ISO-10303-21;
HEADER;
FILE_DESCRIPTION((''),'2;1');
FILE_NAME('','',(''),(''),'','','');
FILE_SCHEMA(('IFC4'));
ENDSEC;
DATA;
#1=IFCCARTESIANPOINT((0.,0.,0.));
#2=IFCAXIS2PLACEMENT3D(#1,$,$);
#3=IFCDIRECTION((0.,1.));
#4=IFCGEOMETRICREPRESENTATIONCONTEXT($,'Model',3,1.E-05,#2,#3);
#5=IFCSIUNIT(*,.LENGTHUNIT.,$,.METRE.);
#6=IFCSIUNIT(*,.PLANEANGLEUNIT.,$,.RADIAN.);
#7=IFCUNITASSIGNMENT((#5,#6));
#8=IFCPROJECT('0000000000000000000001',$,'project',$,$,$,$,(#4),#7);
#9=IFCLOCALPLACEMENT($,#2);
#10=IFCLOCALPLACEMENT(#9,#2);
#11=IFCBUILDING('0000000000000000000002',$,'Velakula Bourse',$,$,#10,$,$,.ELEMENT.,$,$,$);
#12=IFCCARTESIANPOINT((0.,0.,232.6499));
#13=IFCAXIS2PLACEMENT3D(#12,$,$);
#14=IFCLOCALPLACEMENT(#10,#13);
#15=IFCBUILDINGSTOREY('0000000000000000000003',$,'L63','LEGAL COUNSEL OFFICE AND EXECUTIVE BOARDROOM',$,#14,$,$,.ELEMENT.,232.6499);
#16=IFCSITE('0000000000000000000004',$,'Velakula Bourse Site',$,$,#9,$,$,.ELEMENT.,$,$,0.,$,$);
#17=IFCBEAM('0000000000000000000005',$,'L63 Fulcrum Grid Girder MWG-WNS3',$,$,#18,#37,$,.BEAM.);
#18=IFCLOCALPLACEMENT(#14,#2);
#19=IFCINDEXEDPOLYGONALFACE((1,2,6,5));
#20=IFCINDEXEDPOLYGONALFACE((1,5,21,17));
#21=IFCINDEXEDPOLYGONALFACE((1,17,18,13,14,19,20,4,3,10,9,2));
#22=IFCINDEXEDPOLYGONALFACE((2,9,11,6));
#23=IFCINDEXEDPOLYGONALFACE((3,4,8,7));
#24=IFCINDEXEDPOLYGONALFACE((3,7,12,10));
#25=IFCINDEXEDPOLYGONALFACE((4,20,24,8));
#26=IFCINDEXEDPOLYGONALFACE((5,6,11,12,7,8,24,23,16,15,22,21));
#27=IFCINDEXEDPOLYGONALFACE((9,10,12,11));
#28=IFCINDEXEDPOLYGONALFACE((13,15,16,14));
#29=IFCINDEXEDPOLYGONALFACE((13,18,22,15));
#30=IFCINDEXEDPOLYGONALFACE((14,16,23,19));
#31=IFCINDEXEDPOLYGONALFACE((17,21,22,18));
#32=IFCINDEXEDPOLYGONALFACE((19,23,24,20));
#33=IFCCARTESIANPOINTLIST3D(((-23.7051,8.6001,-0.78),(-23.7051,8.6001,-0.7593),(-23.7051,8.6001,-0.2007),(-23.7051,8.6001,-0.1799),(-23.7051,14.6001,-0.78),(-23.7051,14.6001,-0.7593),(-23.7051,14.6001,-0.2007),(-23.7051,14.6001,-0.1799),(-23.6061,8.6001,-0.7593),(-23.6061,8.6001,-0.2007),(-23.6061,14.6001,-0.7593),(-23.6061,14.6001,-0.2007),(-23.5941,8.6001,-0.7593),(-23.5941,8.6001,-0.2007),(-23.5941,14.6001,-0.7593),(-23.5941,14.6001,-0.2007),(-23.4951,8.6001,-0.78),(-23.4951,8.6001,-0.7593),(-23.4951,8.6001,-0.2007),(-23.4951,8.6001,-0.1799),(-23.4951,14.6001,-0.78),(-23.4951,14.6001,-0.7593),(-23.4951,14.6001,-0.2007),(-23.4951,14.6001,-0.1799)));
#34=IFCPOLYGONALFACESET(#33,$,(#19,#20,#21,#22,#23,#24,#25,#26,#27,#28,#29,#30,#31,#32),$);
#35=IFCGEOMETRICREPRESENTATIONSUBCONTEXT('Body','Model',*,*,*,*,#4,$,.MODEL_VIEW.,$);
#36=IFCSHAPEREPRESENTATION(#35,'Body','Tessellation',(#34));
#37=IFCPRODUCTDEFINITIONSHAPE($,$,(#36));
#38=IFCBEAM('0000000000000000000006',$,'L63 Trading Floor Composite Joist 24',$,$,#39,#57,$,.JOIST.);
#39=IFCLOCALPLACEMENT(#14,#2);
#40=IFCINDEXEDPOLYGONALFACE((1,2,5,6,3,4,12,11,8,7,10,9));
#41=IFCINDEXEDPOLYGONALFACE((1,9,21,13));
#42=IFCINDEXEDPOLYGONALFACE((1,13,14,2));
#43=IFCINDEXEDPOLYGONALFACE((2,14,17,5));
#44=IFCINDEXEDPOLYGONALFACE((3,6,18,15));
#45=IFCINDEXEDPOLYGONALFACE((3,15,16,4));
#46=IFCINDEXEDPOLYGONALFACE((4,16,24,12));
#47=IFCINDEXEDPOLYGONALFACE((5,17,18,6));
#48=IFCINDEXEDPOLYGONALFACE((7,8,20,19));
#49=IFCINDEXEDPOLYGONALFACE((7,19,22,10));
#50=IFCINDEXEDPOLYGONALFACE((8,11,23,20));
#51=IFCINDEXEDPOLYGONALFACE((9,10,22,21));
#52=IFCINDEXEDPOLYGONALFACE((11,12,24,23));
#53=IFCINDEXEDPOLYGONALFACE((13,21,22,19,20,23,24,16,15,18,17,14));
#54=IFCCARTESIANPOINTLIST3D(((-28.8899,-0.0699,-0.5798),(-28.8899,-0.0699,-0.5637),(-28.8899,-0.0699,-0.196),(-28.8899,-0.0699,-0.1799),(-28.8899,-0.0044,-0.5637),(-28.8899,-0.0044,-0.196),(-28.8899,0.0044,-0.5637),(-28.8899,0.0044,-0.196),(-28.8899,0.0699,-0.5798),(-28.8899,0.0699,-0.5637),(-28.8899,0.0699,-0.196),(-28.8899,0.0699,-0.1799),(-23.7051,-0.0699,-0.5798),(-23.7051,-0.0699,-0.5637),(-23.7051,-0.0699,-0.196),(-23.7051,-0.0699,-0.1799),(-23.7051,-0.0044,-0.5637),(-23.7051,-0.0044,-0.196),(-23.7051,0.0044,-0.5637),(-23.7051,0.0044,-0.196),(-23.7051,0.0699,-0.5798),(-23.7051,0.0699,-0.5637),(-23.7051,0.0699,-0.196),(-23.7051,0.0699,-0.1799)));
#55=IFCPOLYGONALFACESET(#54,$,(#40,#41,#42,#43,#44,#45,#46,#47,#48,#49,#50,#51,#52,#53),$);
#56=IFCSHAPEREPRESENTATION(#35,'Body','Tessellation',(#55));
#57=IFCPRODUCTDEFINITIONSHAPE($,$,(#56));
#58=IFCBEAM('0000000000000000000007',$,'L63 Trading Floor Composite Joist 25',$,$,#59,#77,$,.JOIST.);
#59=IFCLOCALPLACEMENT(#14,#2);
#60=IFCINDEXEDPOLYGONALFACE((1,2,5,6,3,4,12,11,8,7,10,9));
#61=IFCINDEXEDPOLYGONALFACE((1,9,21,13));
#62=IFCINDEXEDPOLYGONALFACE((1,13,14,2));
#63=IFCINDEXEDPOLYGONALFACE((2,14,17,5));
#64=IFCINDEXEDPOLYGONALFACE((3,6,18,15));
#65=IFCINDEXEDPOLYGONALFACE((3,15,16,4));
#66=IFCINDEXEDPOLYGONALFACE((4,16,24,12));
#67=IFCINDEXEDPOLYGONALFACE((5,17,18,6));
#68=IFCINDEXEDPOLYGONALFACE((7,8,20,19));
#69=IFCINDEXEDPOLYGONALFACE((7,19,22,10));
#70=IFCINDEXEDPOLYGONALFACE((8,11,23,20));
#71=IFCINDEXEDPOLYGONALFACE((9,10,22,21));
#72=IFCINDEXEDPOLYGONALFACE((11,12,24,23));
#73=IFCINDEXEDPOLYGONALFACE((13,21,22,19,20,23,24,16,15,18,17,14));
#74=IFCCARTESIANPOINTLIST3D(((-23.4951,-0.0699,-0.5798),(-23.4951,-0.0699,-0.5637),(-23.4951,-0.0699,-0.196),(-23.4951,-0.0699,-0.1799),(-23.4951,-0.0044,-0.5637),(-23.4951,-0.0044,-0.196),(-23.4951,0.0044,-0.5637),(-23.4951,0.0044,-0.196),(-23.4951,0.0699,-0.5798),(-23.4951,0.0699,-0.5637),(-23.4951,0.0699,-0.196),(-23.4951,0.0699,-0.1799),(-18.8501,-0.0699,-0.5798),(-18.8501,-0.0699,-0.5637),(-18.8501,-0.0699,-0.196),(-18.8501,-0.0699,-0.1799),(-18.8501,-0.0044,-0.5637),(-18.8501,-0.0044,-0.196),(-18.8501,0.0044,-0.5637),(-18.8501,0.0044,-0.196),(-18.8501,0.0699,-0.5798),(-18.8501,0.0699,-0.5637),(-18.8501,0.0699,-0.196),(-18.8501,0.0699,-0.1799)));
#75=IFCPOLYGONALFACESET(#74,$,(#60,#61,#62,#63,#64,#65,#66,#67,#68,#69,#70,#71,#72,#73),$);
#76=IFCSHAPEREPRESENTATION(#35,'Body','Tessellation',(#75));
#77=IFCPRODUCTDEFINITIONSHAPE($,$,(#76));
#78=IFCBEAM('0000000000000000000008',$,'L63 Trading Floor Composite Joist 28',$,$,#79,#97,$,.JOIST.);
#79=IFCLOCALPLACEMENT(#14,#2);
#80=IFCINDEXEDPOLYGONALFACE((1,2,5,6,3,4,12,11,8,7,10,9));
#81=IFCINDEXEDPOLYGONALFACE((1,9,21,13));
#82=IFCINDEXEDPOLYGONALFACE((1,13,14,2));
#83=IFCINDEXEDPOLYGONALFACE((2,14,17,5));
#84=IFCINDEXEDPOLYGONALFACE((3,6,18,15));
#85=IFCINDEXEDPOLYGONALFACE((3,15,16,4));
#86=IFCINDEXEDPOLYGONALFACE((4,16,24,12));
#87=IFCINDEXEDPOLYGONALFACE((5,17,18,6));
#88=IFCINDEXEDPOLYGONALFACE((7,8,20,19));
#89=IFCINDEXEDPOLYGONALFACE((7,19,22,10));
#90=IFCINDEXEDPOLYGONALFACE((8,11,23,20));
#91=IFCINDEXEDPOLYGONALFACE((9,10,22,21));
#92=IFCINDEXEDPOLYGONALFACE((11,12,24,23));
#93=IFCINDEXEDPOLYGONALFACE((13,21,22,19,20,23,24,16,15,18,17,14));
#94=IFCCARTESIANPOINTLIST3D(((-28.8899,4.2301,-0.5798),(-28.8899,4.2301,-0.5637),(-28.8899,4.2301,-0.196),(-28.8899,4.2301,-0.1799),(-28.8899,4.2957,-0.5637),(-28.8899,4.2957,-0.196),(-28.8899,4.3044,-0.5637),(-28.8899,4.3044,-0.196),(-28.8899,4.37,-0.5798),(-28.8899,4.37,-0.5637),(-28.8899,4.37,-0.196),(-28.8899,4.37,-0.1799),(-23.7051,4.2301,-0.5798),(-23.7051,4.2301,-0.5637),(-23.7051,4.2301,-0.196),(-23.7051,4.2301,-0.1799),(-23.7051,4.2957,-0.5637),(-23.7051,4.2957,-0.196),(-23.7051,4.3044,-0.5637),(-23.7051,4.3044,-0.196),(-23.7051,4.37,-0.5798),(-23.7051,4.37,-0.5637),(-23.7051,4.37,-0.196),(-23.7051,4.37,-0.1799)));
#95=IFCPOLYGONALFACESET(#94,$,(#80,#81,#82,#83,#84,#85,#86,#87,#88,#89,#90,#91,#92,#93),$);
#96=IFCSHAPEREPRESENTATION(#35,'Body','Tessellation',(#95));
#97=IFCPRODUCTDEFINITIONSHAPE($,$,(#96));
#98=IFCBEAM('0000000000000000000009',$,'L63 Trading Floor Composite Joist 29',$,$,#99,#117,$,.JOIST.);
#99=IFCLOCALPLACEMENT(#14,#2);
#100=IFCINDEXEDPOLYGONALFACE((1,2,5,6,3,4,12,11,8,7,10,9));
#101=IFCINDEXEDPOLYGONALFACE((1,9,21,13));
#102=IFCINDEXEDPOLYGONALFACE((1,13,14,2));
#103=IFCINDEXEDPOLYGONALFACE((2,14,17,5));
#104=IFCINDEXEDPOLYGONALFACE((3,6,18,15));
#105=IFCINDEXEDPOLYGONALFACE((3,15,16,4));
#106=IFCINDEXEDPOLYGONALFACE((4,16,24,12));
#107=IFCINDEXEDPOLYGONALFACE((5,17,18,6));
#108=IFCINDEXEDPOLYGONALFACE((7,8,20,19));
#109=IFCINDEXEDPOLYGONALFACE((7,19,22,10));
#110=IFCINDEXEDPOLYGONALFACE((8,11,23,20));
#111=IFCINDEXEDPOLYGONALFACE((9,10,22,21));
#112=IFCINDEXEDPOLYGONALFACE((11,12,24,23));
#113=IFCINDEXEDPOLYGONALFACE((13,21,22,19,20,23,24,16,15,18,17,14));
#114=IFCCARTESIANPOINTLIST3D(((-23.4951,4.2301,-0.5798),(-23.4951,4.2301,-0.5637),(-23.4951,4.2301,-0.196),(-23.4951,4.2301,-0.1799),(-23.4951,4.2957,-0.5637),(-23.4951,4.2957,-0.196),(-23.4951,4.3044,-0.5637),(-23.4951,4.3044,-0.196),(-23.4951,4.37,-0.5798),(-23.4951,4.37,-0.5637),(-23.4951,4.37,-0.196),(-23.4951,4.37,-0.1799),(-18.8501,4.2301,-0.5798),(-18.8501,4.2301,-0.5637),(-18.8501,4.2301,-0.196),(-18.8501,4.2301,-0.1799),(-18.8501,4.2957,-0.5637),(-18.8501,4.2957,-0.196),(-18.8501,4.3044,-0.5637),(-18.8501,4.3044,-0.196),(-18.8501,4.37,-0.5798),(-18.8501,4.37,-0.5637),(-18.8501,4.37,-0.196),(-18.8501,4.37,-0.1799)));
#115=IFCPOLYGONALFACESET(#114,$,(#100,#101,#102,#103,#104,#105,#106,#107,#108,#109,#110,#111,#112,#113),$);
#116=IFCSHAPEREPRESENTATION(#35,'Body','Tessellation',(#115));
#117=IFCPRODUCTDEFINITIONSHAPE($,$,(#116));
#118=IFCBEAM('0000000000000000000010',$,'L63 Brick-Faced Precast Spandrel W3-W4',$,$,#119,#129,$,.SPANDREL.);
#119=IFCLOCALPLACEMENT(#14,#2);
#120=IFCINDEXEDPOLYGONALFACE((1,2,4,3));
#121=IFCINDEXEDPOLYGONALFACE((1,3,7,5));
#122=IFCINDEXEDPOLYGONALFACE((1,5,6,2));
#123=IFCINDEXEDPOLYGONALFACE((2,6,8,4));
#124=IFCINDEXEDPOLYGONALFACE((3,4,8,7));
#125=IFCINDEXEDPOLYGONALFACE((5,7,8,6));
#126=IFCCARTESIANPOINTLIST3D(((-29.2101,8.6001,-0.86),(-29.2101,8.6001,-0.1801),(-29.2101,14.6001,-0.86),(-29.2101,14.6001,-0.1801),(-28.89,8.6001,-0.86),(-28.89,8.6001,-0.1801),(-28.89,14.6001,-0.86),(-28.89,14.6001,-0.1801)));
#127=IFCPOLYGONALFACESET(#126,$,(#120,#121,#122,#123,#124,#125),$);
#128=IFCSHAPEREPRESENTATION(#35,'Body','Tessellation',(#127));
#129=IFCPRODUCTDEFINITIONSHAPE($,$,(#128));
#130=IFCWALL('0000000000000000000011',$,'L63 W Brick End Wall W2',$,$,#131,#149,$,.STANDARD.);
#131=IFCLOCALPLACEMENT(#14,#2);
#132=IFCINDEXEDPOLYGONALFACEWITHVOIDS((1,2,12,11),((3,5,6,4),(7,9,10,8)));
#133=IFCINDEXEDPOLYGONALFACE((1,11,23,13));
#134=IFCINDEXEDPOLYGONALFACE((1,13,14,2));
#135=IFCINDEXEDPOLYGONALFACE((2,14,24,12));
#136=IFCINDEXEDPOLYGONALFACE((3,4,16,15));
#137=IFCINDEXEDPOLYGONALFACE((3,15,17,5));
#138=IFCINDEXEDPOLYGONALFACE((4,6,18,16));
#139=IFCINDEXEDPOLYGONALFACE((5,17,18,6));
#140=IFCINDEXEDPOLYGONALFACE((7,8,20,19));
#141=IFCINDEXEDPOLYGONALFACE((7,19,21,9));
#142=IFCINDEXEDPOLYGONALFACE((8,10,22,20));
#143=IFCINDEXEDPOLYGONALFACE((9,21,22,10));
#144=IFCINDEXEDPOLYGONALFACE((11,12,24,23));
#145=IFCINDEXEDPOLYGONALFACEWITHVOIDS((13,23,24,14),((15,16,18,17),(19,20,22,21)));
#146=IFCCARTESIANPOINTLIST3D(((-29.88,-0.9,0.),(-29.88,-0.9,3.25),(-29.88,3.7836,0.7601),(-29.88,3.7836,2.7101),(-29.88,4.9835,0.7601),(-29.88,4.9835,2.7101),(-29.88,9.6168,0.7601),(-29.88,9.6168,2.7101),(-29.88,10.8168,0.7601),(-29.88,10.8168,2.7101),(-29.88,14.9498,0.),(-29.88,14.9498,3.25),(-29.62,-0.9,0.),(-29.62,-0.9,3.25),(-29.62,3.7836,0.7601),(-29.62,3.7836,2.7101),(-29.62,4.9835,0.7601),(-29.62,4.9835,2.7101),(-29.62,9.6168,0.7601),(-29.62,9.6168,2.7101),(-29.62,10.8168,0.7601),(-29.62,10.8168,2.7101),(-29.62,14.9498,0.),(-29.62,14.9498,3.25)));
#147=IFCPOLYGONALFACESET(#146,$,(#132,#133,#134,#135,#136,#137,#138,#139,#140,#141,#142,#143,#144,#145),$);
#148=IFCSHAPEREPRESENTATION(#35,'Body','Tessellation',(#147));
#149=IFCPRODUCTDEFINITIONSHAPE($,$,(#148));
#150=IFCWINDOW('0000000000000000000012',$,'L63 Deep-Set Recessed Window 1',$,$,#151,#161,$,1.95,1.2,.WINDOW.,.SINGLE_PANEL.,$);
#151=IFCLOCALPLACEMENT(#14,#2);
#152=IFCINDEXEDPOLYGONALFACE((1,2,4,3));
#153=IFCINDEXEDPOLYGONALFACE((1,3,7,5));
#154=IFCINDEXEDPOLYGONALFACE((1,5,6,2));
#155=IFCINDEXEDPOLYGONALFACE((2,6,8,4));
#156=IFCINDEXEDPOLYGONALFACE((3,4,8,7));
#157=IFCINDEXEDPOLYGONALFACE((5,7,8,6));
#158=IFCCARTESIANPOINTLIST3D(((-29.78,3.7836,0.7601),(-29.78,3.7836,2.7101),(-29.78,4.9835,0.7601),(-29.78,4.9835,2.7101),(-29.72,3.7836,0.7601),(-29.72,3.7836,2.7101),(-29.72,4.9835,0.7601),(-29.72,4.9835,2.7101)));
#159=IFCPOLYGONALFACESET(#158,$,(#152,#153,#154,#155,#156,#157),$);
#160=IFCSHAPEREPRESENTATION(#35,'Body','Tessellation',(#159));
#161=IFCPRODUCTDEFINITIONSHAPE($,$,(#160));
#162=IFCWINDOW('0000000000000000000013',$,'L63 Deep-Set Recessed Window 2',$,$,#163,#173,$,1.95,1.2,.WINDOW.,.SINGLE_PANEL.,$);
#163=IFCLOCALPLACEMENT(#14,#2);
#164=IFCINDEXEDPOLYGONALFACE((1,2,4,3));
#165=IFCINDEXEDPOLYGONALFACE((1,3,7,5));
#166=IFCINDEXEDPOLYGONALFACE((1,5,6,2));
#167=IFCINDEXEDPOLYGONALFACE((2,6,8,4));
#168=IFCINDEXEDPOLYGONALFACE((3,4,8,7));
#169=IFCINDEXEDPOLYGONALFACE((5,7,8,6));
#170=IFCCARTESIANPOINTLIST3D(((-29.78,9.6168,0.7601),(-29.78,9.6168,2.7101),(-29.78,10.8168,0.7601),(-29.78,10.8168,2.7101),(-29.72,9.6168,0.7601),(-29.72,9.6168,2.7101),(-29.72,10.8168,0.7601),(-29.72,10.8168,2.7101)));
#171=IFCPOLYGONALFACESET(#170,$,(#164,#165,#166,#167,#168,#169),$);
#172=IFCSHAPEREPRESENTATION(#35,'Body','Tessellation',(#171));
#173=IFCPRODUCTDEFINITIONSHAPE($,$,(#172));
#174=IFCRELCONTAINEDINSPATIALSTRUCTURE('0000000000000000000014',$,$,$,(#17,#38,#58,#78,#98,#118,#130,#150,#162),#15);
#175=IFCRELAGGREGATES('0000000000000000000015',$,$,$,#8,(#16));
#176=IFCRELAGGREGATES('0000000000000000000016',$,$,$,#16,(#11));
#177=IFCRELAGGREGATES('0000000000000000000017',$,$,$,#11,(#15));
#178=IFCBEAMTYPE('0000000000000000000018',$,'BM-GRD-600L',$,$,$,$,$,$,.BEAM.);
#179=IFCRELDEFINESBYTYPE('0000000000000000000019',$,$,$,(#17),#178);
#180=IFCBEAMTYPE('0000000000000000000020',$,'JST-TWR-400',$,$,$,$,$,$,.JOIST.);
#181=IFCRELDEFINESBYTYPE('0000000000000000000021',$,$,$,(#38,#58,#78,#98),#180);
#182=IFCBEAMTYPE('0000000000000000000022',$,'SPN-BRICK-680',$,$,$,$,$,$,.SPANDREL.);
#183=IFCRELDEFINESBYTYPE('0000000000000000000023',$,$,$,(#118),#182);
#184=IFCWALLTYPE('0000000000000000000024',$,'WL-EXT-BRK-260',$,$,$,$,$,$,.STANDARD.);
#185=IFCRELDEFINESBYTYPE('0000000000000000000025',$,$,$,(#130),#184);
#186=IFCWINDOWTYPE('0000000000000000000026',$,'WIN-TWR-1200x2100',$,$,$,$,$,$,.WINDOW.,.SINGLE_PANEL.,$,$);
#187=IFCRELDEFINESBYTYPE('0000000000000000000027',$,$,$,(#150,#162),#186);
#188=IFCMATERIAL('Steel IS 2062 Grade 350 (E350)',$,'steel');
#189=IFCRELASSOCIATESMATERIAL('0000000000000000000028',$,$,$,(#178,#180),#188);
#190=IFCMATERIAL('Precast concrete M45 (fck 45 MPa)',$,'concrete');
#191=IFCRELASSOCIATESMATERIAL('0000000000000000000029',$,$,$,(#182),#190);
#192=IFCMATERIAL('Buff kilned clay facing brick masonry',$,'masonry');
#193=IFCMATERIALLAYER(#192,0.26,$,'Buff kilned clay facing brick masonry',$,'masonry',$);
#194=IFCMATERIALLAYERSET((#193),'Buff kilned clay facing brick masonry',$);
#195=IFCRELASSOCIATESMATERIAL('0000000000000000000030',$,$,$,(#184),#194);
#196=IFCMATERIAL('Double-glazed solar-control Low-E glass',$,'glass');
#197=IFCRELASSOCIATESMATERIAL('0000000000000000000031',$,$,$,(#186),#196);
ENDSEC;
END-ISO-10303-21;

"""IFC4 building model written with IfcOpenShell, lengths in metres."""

from ifc_helpers import new_model, si_unit, direction, frame, frame_2d, origin, origin_2d, place, context, subcontext, project, spatial, rectangle, i_section, extrude, material, layer, layer_set, material_profile, profile_set, type_object, element, fill, save


model = new_model("IFC4")

# Units and contexts
model_context = context("Model", 3, precision=1e-05, world=origin(), true_north=direction((0.0, 1.0)))
body_context = subcontext(model_context, "Body", "Model", "MODEL_VIEW")
ifc_project = project(units=[si_unit("LENGTHUNIT", "METRE"), si_unit("PLANEANGLEUNIT", "RADIAN")], contexts=[model_context])

# Site, building, storey
site_placement = place(None, origin())
site = spatial("IfcSite", under=ifc_project, at=site_placement, Name="Velakula Bourse Site", CompositionType="ELEMENT", RefElevation=0.0)
building_placement = place(site_placement, origin())
building = spatial("IfcBuilding", under=site, at=building_placement, Name="Velakula Bourse", CompositionType="ELEMENT")
storey_placement = place(building_placement, frame((0.0, 0.0, 232.6499)))
storey = spatial("IfcBuildingStorey", under=building, at=storey_placement, Name="L63", Description="LEGAL COUNSEL OFFICE AND EXECUTIVE BOARDROOM", CompositionType="ELEMENT", Elevation=232.6499)

# Shared definitions
ifc_material_1 = material(Name="Steel IS 2062 Grade 350 (E350)", Category="steel")

# Beams
ifc_material_profile_1 = material_profile(ifc_material_1, i_section(OverallWidth=0.21, OverallDepth=0.6001, WebThickness=0.012, FlangeThickness=0.0208, at=origin_2d()), Name="Steel IS 2062 Grade 350 (E350)")
ifc_profile_set_1 = profile_set([ifc_material_profile_1], Name="Steel IS 2062 Grade 350 (E350)")
beam_type_1 = type_object("IfcBeamType", Name="BM-GRD-600L", PredefinedType="BEAM", material=ifc_profile_set_1)
beam_1_placement = place(storey_placement, frame((-23.6001, 8.6001, -0.48), z_axis=(0.0, 1.0, 0.0), x_axis=(-1.0, 0.0, 0.0)))
element("IfcBeam", 1, at=beam_1_placement, inside=storey, type_object=beam_type_1, Name="L63 Fulcrum Grid Girder MWG-WNS3", PredefinedType="BEAM", context=body_context, shape_type="SweptSolid", body=[
    extrude(i_section(OverallWidth=0.21, OverallDepth=0.6001, WebThickness=0.012, FlangeThickness=0.0208, at=origin_2d()), origin(), (0.0, 0.0, 1.0), 6.0),
])
ifc_material_profile_2 = material_profile(ifc_material_1, i_section(OverallWidth=0.1399, OverallDepth=0.3999, WebThickness=0.0088, FlangeThickness=0.0161, at=origin_2d()), Name="Steel IS 2062 Grade 350 (E350)")
ifc_profile_set_2 = profile_set([ifc_material_profile_2], Name="Steel IS 2062 Grade 350 (E350)")
beam_type_2 = type_object("IfcBeamType", Name="JST-TWR-400", PredefinedType="JOIST", material=ifc_profile_set_2)
beam_2_placement = place(storey_placement, frame((-28.8899, 0.0, -0.3799), z_axis=(1.0, 0.0, 0.0), x_axis=(0.0, 1.0, 0.0)))
element("IfcBeam", 2, at=beam_2_placement, inside=storey, type_object=beam_type_2, Name="L63 Trading Floor Composite Joist 24", PredefinedType="JOIST", context=body_context, shape_type="SweptSolid", body=[
    extrude(i_section(OverallWidth=0.1399, OverallDepth=0.3999, WebThickness=0.0088, FlangeThickness=0.0161, at=origin_2d()), origin(), (0.0, 0.0, 1.0), 5.1848),
])
beam_3_placement = place(storey_placement, frame((-23.4951, 0.0, -0.3799), z_axis=(1.0, 0.0, 0.0), x_axis=(0.0, 1.0, 0.0)))
element("IfcBeam", 3, at=beam_3_placement, inside=storey, type_object=beam_type_2, Name="L63 Trading Floor Composite Joist 25", PredefinedType="JOIST", context=body_context, shape_type="SweptSolid", body=[
    extrude(i_section(OverallWidth=0.1399, OverallDepth=0.3999, WebThickness=0.0088, FlangeThickness=0.0161, at=origin_2d()), origin(), (0.0, 0.0, 1.0), 4.645),
])
beam_4_placement = place(storey_placement, frame((-28.8899, 4.3, -0.3799), z_axis=(1.0, 0.0, 0.0), x_axis=(0.0, 1.0, 0.0)))
element("IfcBeam", 4, at=beam_4_placement, inside=storey, type_object=beam_type_2, Name="L63 Trading Floor Composite Joist 28", PredefinedType="JOIST", context=body_context, shape_type="SweptSolid", body=[
    extrude(i_section(OverallWidth=0.1399, OverallDepth=0.3999, WebThickness=0.0088, FlangeThickness=0.0161, at=origin_2d()), origin(), (0.0, 0.0, 1.0), 5.1848),
])
beam_5_placement = place(storey_placement, frame((-23.4951, 4.3, -0.3799), z_axis=(1.0, 0.0, 0.0), x_axis=(0.0, 1.0, 0.0)))
element("IfcBeam", 5, at=beam_5_placement, inside=storey, type_object=beam_type_2, Name="L63 Trading Floor Composite Joist 29", PredefinedType="JOIST", context=body_context, shape_type="SweptSolid", body=[
    extrude(i_section(OverallWidth=0.1399, OverallDepth=0.3999, WebThickness=0.0088, FlangeThickness=0.0161, at=origin_2d()), origin(), (0.0, 0.0, 1.0), 4.645),
])
ifc_material_2 = material(Name="Precast concrete M45 (fck 45 MPa)", Category="concrete")
ifc_material_profile_3 = material_profile(ifc_material_2, rectangle(XDim=0.3201, YDim=0.6799, at=origin_2d()), Name="Precast concrete M45 (fck 45 MPa)")
ifc_profile_set_3 = profile_set([ifc_material_profile_3], Name="Precast concrete M45 (fck 45 MPa)")
beam_type_3 = type_object("IfcBeamType", Name="SPN-BRICK-680", PredefinedType="SPANDREL", material=ifc_profile_set_3)
beam_6_placement = place(storey_placement, frame((-29.05, 8.6001, -0.52), z_axis=(0.0, 1.0, 0.0), x_axis=(-1.0, 0.0, 0.0)))
element("IfcBeam", 6, at=beam_6_placement, inside=storey, type_object=beam_type_3, Name="L63 Brick-Faced Precast Spandrel W3-W4", PredefinedType="SPANDREL", context=body_context, shape_type="SweptSolid", body=[
    extrude(rectangle(XDim=0.3201, YDim=0.6799, at=origin_2d()), origin(), (0.0, 0.0, 1.0), 6.0),
])

# Wall, openings, windows
ifc_material_3 = material(Name="Buff kilned clay facing brick masonry", Category="masonry")
ifc_layer_1 = layer(ifc_material_3, 0.26, Name="Buff kilned clay facing brick masonry", Category="masonry")
ifc_layer_set_1 = layer_set([ifc_layer_1], Name="Buff kilned clay facing brick masonry")
wall_type_1 = type_object("IfcWallType", Name="WL-EXT-BRK-260", PredefinedType="STANDARD", material=ifc_layer_set_1)
wall_1_placement = place(storey_placement, frame((-29.75, -0.8999, 0.0), z_axis=(0.0, 0.0, 1.0), x_axis=(0.0, 1.0, 0.0)))
wall_1 = element("IfcWall", 7, at=wall_1_placement, inside=storey, type_object=wall_type_1, Name="L63 W Brick End Wall W2", PredefinedType="STANDARD", context=body_context, shape_type="SweptSolid", body=[
    extrude(rectangle(XDim=15.8499, YDim=0.26, at=frame_2d((7.9248, 0.0))), origin(), (0.0, 0.0, 1.0), 3.25),
])
opening_1_placement = place(wall_1_placement, frame((4.6833, 0.0, 0.76)))
opening_1 = element("IfcOpeningElement", 8, at=opening_1_placement, cuts=wall_1, PredefinedType="OPENING", context=body_context, shape_type="SweptSolid", body=[
    extrude(rectangle(XDim=1.2, YDim=1.95, at=frame_2d((0.6001, 0.9751))), frame((0.0, 0.1399, 0.0), z_axis=(0.0, -1.0, 0.0), x_axis=(1.0, 0.0, 0.0)), (0.0, 0.0, 1.0), 0.28),
])
opening_2_placement = place(wall_1_placement, frame((10.5166, 0.0, 0.76)))
opening_2 = element("IfcOpeningElement", 9, at=opening_2_placement, cuts=wall_1, PredefinedType="OPENING", context=body_context, shape_type="SweptSolid", body=[
    extrude(rectangle(XDim=1.2, YDim=1.95, at=frame_2d((0.6001, 0.9751))), frame((0.0, 0.1399, 0.0), z_axis=(0.0, -1.0, 0.0), x_axis=(1.0, 0.0, 0.0)), (0.0, 0.0, 1.0), 0.28),
])
ifc_material_4 = material(Name="Double-glazed solar-control Low-E glass", Category="glass")
window_type = type_object("IfcWindowType", Name="WIN-TWR-1200x2100", PartitioningType="SINGLE_PANEL", PredefinedType="WINDOW", material=ifc_material_4)
window_1_placement = place(opening_1_placement, origin())
window_1 = element("IfcWindow", 10, at=window_1_placement, inside=storey, type_object=window_type, Name="L63 Deep-Set Recessed Window 1", OverallHeight=1.95, OverallWidth=1.2, PartitioningType="SINGLE_PANEL", PredefinedType="WINDOW", context=body_context, shape_type="SweptSolid", body=[
    extrude(rectangle(XDim=1.2, YDim=1.95, at=frame_2d((0.6001, 0.9751))), frame((0.0, 0.03, 0.0), z_axis=(0.0, -1.0, 0.0), x_axis=(1.0, 0.0, 0.0)), (0.0, 0.0, 1.0), 0.0601),
])
fill(opening_1, window_1)
window_2_placement = place(opening_2_placement, origin())
window_2 = element("IfcWindow", 11, at=window_2_placement, inside=storey, type_object=window_type, Name="L63 Deep-Set Recessed Window 2", OverallHeight=1.95, OverallWidth=1.2, PartitioningType="SINGLE_PANEL", PredefinedType="WINDOW", context=body_context, shape_type="SweptSolid", body=[
    extrude(rectangle(XDim=1.2, YDim=1.95, at=frame_2d((0.6001, 0.9751))), frame((0.0, 0.03, 0.0), z_axis=(0.0, -1.0, 0.0), x_axis=(1.0, 0.0, 0.0)), (0.0, 0.0, 1.0), 0.0601),
])
fill(opening_2, window_2)

save(model, "model.ifc")
